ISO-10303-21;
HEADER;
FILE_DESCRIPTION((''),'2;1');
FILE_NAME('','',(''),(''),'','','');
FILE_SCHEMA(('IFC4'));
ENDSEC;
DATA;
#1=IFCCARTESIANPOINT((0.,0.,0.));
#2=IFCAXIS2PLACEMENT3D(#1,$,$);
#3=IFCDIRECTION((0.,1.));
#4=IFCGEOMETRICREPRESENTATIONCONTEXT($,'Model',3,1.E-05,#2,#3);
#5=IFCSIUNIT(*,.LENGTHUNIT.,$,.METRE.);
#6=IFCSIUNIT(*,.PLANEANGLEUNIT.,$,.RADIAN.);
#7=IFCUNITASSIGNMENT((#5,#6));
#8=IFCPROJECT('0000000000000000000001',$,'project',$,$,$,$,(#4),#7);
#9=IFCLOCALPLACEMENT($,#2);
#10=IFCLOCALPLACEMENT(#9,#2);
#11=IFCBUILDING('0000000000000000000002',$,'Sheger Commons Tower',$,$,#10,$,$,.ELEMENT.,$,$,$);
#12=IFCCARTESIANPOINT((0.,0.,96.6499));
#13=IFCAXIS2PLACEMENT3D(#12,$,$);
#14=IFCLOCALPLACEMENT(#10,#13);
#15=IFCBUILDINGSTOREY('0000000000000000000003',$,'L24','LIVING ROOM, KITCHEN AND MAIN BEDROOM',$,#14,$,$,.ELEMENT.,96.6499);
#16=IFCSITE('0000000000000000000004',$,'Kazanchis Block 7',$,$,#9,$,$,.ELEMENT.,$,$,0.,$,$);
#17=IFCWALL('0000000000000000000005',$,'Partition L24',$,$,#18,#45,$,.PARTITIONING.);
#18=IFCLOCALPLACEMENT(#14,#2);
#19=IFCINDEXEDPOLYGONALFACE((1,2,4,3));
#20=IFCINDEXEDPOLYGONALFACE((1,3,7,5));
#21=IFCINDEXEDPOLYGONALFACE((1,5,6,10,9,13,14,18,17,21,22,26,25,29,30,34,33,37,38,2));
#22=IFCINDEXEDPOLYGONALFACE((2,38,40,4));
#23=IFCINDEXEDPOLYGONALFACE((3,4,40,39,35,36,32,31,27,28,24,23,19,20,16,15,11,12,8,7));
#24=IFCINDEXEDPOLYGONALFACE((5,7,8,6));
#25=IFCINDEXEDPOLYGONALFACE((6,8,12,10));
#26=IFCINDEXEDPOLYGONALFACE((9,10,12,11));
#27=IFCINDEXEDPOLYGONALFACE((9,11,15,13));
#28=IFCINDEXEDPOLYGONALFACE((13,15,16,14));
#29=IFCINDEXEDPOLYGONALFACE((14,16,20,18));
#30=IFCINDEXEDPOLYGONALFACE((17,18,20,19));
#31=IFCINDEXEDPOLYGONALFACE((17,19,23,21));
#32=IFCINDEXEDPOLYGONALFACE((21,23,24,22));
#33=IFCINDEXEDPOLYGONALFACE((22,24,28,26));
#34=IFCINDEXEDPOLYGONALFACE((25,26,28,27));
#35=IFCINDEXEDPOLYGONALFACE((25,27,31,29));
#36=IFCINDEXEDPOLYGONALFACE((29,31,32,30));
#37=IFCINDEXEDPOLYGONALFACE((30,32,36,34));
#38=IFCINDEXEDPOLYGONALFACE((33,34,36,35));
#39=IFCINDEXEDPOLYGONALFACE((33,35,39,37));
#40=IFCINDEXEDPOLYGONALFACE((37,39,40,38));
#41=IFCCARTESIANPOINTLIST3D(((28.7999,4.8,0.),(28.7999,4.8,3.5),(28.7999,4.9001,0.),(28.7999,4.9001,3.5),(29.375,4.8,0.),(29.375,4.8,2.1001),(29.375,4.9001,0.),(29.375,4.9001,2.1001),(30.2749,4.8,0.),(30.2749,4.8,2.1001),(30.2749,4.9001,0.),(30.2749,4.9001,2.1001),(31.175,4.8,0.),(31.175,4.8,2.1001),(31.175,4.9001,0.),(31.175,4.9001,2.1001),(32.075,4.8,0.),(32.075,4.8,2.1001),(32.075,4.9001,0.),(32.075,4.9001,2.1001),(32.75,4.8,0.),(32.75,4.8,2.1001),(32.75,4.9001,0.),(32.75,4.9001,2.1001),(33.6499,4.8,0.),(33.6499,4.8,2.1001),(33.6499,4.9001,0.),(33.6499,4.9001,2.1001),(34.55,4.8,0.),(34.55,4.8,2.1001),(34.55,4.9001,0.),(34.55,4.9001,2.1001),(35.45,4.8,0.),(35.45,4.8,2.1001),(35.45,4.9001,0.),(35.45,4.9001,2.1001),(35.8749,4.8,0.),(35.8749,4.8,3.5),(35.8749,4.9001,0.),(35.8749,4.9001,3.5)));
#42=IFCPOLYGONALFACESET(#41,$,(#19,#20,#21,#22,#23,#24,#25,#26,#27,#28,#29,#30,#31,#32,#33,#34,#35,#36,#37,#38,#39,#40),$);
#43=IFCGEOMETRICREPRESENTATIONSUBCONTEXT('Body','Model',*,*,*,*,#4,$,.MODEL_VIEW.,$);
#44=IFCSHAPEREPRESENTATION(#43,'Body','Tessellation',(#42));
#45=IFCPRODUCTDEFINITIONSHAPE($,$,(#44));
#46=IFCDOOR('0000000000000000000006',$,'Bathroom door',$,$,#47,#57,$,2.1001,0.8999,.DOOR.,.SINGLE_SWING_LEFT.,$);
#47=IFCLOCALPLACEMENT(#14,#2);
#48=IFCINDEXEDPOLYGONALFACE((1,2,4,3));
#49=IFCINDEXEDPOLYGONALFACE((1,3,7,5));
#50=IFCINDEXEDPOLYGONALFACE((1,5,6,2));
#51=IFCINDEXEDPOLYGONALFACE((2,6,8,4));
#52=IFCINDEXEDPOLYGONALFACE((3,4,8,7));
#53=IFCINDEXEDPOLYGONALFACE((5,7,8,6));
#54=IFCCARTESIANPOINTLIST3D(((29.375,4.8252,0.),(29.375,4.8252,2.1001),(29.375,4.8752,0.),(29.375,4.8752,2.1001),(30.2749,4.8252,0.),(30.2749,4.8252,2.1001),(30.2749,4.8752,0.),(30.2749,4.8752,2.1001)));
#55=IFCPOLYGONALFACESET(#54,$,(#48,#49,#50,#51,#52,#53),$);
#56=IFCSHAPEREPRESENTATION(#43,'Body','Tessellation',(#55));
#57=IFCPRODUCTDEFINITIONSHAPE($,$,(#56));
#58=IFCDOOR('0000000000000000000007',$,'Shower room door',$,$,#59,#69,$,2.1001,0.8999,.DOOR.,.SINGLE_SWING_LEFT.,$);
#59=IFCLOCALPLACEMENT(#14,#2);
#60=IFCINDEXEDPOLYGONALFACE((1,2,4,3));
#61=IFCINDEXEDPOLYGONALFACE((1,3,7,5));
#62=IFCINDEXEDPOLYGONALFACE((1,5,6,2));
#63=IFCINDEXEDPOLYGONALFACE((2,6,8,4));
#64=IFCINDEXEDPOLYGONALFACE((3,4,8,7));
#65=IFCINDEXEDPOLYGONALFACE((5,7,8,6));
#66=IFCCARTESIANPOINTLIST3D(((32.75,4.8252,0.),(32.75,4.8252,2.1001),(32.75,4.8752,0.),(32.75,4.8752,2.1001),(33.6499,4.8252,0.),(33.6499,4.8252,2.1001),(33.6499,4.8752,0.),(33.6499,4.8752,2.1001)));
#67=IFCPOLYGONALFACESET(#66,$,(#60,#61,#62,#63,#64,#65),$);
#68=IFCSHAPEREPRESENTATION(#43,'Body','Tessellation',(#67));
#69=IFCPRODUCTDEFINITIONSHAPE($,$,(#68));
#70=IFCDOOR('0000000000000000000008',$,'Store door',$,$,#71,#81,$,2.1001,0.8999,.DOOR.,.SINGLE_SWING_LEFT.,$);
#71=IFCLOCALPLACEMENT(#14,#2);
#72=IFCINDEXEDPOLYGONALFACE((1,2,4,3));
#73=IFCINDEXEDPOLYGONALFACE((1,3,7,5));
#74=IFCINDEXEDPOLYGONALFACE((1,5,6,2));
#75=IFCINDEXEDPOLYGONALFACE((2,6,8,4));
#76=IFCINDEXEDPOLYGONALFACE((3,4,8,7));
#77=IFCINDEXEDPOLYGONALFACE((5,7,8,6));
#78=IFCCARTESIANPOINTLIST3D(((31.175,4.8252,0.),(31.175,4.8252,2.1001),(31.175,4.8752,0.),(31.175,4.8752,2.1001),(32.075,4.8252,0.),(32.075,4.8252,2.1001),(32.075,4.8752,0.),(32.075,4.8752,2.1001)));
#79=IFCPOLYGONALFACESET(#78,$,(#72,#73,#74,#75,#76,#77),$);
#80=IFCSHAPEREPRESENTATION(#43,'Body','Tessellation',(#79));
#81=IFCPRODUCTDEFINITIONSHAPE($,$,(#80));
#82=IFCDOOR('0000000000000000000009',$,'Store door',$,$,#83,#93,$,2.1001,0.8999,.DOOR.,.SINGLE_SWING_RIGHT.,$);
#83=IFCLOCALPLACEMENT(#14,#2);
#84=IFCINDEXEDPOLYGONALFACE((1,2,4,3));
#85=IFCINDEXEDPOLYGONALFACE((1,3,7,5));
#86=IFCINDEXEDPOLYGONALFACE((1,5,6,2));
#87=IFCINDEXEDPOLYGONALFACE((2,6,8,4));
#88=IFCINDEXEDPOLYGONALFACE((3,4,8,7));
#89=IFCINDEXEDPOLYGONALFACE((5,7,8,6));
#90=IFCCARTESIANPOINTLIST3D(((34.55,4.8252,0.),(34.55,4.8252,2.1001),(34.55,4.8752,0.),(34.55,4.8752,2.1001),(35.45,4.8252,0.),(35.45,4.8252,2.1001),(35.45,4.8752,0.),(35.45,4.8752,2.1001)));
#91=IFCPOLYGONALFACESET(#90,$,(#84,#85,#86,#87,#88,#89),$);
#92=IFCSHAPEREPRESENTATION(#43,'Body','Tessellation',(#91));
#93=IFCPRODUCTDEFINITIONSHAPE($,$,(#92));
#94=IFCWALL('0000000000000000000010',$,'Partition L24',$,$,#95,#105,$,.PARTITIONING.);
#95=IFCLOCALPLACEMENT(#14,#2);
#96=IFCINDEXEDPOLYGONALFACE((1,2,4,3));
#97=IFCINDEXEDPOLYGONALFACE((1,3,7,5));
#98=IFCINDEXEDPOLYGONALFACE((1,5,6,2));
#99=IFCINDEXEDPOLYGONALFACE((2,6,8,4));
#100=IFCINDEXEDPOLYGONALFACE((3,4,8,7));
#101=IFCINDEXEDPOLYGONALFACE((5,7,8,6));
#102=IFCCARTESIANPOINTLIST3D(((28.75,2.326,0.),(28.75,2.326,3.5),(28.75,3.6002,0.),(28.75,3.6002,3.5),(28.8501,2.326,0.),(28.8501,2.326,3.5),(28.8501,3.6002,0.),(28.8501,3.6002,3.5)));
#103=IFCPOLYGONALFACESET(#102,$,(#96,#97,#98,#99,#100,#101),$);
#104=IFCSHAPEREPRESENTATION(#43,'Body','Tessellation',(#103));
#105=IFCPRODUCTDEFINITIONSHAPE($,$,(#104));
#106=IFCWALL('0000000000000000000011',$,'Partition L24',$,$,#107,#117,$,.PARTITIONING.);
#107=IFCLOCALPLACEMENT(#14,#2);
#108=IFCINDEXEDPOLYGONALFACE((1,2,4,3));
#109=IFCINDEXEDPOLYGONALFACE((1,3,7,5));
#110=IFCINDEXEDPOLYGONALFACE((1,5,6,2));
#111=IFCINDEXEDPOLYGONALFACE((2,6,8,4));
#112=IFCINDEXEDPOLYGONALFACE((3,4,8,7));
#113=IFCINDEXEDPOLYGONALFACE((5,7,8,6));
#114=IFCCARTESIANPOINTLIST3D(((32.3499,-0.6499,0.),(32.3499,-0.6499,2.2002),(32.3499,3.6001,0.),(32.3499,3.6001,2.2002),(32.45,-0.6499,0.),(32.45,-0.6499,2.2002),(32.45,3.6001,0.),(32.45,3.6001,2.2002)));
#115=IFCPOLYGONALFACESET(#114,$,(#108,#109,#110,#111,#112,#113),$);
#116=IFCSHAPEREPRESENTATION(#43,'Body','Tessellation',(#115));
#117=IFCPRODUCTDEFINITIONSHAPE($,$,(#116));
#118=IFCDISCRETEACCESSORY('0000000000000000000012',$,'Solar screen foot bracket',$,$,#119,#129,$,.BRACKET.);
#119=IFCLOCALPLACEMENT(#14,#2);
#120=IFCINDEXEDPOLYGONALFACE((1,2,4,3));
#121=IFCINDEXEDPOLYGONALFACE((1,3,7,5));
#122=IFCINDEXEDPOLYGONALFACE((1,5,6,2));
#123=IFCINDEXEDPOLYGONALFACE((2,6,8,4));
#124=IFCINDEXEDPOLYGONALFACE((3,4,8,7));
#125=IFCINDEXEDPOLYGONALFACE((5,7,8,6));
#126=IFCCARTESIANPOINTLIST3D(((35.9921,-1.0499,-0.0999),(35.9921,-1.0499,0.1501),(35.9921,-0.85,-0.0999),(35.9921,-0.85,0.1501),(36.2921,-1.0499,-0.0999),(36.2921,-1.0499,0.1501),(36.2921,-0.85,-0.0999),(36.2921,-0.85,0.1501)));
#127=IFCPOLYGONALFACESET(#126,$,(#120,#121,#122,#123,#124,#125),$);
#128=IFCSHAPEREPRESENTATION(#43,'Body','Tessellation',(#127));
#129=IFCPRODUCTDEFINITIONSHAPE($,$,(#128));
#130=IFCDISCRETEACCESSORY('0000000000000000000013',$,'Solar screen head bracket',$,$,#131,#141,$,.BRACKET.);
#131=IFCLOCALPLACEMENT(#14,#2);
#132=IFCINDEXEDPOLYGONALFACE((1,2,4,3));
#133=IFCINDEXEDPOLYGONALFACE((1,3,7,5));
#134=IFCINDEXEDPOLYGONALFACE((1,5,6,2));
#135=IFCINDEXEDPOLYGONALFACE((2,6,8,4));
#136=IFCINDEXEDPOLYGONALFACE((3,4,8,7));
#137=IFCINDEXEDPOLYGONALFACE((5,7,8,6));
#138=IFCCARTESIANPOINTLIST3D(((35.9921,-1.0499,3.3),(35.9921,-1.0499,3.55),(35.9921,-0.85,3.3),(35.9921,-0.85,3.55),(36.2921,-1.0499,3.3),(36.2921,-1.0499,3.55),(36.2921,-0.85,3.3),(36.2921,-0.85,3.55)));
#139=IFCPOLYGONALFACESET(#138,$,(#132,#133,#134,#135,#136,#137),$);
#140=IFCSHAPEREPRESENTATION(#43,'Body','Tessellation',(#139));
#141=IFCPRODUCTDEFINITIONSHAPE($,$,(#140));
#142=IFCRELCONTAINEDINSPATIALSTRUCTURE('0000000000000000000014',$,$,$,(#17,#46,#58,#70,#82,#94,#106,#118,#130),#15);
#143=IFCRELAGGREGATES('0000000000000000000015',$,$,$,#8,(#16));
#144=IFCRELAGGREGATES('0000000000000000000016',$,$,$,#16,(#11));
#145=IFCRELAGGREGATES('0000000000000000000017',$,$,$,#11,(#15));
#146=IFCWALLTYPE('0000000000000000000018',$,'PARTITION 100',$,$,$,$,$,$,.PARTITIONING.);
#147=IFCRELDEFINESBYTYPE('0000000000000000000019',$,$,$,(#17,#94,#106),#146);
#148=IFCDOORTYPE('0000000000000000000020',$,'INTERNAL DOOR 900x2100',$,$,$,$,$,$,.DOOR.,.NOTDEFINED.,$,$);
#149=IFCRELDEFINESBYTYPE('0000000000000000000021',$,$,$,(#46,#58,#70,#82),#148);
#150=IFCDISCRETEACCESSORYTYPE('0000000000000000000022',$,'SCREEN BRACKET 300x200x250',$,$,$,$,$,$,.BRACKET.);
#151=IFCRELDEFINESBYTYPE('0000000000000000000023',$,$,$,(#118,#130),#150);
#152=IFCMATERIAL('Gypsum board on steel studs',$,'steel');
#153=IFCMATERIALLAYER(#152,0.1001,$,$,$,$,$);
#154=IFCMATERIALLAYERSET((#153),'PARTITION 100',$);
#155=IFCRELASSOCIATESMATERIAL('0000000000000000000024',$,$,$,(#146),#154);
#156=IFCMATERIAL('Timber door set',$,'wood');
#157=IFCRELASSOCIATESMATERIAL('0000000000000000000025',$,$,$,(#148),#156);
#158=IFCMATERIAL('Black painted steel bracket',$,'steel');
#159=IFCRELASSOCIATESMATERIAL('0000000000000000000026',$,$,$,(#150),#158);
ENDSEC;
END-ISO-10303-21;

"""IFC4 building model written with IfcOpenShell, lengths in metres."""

from ifc_helpers import new_model, si_unit, direction, frame, frame_2d, origin, origin_2d, place, context, subcontext, project, spatial, rectangle, extrude, material, layer, layer_set, type_object, element, fill, save


model = new_model("IFC4")

# Units and contexts
model_context = context("Model", 3, precision=1e-05, world=origin(), true_north=direction((0.0, 1.0)))
body_context = subcontext(model_context, "Body", "Model", "MODEL_VIEW")
ifc_project = project(units=[si_unit("LENGTHUNIT", "METRE"), si_unit("PLANEANGLEUNIT", "RADIAN")], contexts=[model_context])

# Site, building, storey
site_placement = place(None, origin())
site = spatial("IfcSite", under=ifc_project, at=site_placement, Name="Kazanchis Block 7", CompositionType="ELEMENT", RefElevation=0.0)
building_placement = place(site_placement, origin())
building = spatial("IfcBuilding", under=site, at=building_placement, Name="Sheger Commons Tower", CompositionType="ELEMENT")
storey_placement = place(building_placement, frame((0.0, 0.0, 96.6499)))
storey = spatial("IfcBuildingStorey", under=building, at=storey_placement, Name="L24", Description="LIVING ROOM, KITCHEN AND MAIN BEDROOM", CompositionType="ELEMENT", Elevation=96.6499)

# Wall, openings, doors
ifc_material_1 = material(Name="Gypsum board on steel studs", Category="steel")
ifc_layer_1 = layer(ifc_material_1, 0.1001)
ifc_layer_set_1 = layer_set([ifc_layer_1], Name="PARTITION 100")
wall_type_1 = type_object("IfcWallType", Name="PARTITION 100", PredefinedType="PARTITIONING", material=ifc_layer_set_1)
ifc_material_2 = material(Name="Timber door set", Category="wood")
door_type = type_object("IfcDoorType", Name="INTERNAL DOOR 900x2100", OperationType="NOTDEFINED", PredefinedType="DOOR", material=ifc_material_2)
wall_1_placement = place(storey_placement, frame((35.875, 4.8501, 0.0), z_axis=(0.0, 0.0, 1.0), x_axis=(-1.0, 0.0, 0.0)))
wall_1 = element("IfcWall", 1, at=wall_1_placement, inside=storey, type_object=wall_type_1, Name="Partition L24", PredefinedType="PARTITIONING", context=body_context, shape_type="SweptSolid", body=[
    extrude(rectangle(XDim=7.075, YDim=0.1001, at=frame_2d((3.5376, 0.0))), origin(), (0.0, 0.0, 1.0), 3.5),
])
opening_1_placement = place(wall_1_placement, frame((5.6001, 0.0, 0.0)))
opening_1 = element("IfcOpeningElement", 2, at=opening_1_placement, cuts=wall_1, PredefinedType="OPENING", context=body_context, shape_type="SweptSolid", body=[
    extrude(rectangle(XDim=0.8999, YDim=2.1001, at=frame_2d((0.45, 1.05))), frame((0.0, 0.0601, 0.0), z_axis=(0.0, -1.0, 0.0), x_axis=(1.0, 0.0, 0.0)), (0.0, 0.0, 1.0), 0.1201),
])
opening_2_placement = place(wall_1_placement, frame((2.2251, 0.0, 0.0)))
opening_2 = element("IfcOpeningElement", 3, at=opening_2_placement, cuts=wall_1, PredefinedType="OPENING", context=body_context, shape_type="SweptSolid", body=[
    extrude(rectangle(XDim=0.8999, YDim=2.1001, at=frame_2d((0.45, 1.05))), frame((0.0, 0.0601, 0.0), z_axis=(0.0, -1.0, 0.0), x_axis=(1.0, 0.0, 0.0)), (0.0, 0.0, 1.0), 0.1201),
])
opening_3_placement = place(wall_1_placement, frame((3.8, 0.0, 0.0)))
opening_3 = element("IfcOpeningElement", 4, at=opening_3_placement, cuts=wall_1, PredefinedType="OPENING", context=body_context, shape_type="SweptSolid", body=[
    extrude(rectangle(XDim=0.8999, YDim=2.1001, at=frame_2d((0.45, 1.05))), frame((0.0, 0.0601, 0.0), z_axis=(0.0, -1.0, 0.0), x_axis=(1.0, 0.0, 0.0)), (0.0, 0.0, 1.0), 0.1201),
])
opening_4_placement = place(wall_1_placement, frame((0.425, 0.0, 0.0)))
opening_4 = element("IfcOpeningElement", 5, at=opening_4_placement, cuts=wall_1, PredefinedType="OPENING", context=body_context, shape_type="SweptSolid", body=[
    extrude(rectangle(XDim=0.8999, YDim=2.1001, at=frame_2d((0.45, 1.05))), frame((0.0, 0.0601, 0.0), z_axis=(0.0, -1.0, 0.0), x_axis=(1.0, 0.0, 0.0)), (0.0, 0.0, 1.0), 0.1201),
])
door_1_placement = place(opening_1_placement, origin())
door_1 = element("IfcDoor", 6, at=door_1_placement, inside=storey, type_object=door_type, Name="Bathroom door", OperationType="SINGLE_SWING_LEFT", OverallHeight=2.1001, OverallWidth=0.8999, PredefinedType="DOOR", context=body_context, shape_type="SweptSolid", body=[
    extrude(rectangle(XDim=0.8999, YDim=2.1001, at=frame_2d((0.45, 1.05))), frame((0.0, 0.0249, 0.0), z_axis=(0.0, -1.0, 0.0), x_axis=(1.0, 0.0, 0.0)), (0.0, 0.0, 1.0), 0.05),
])
fill(opening_1, door_1)
door_2_placement = place(opening_2_placement, origin())
door_2 = element("IfcDoor", 7, at=door_2_placement, inside=storey, type_object=door_type, Name="Shower room door", OperationType="SINGLE_SWING_LEFT", OverallHeight=2.1001, OverallWidth=0.8999, PredefinedType="DOOR", context=body_context, shape_type="SweptSolid", body=[
    extrude(rectangle(XDim=0.8999, YDim=2.1001, at=frame_2d((0.45, 1.05))), frame((0.0, 0.0249, 0.0), z_axis=(0.0, -1.0, 0.0), x_axis=(1.0, 0.0, 0.0)), (0.0, 0.0, 1.0), 0.05),
])
fill(opening_2, door_2)
door_3_placement = place(opening_3_placement, origin())
door_3 = element("IfcDoor", 8, at=door_3_placement, inside=storey, type_object=door_type, Name="Store door", OperationType="SINGLE_SWING_LEFT", OverallHeight=2.1001, OverallWidth=0.8999, PredefinedType="DOOR", context=body_context, shape_type="SweptSolid", body=[
    extrude(rectangle(XDim=0.8999, YDim=2.1001, at=frame_2d((0.45, 1.05))), frame((0.0, 0.0249, 0.0), z_axis=(0.0, -1.0, 0.0), x_axis=(1.0, 0.0, 0.0)), (0.0, 0.0, 1.0), 0.05),
])
fill(opening_3, door_3)
door_4_placement = place(opening_4_placement, origin())
door_4 = element("IfcDoor", 9, at=door_4_placement, inside=storey, type_object=door_type, Name="Store door", OperationType="SINGLE_SWING_RIGHT", OverallHeight=2.1001, OverallWidth=0.8999, PredefinedType="DOOR", context=body_context, shape_type="SweptSolid", body=[
    extrude(rectangle(XDim=0.8999, YDim=2.1001, at=frame_2d((0.45, 1.05))), frame((0.0, 0.0249, 0.0), z_axis=(0.0, -1.0, 0.0), x_axis=(1.0, 0.0, 0.0)), (0.0, 0.0, 1.0), 0.05),
])
fill(opening_4, door_4)

# Walls
wall_2_placement = place(storey_placement, frame((28.8, 2.3259, 0.0), z_axis=(0.0, 0.0, 1.0), x_axis=(0.0, 1.0, 0.0)))
element("IfcWall", 10, at=wall_2_placement, inside=storey, type_object=wall_type_1, Name="Partition L24", PredefinedType="PARTITIONING", context=body_context, shape_type="SweptSolid", body=[
    extrude(rectangle(XDim=1.2742, YDim=0.1001, at=frame_2d((0.6372, 0.0))), origin(), (0.0, 0.0, 1.0), 3.5),
])
wall_3_placement = place(storey_placement, frame((32.3999, -0.6499, 0.0), z_axis=(0.0, 0.0, 1.0), x_axis=(0.0, 1.0, 0.0)))
element("IfcWall", 11, at=wall_3_placement, inside=storey, type_object=wall_type_1, Name="Partition L24", PredefinedType="PARTITIONING", context=body_context, shape_type="SweptSolid", body=[
    extrude(rectangle(XDim=4.25, YDim=0.1001, at=frame_2d((2.125, 0.0))), origin(), (0.0, 0.0, 1.0), 2.2002),
])

# Discrete accessories
ifc_material_3 = material(Name="Black painted steel bracket", Category="steel")
discrete_accessory_type = type_object("IfcDiscreteAccessoryType", Name="SCREEN BRACKET 300x200x250", PredefinedType="BRACKET", material=ifc_material_3)
for number, where, z_axis, x_axis, name in (
    (12, (36.1421, -0.95, -0.0999), (0.0, 0.0, 1.0), (1.0, 0.0, 0.0), "Solar screen foot bracket"),
    (13, (36.1421, -0.95, 3.3), (0.0, 0.0, 1.0), (1.0, 0.0, 0.0), "Solar screen head bracket"),
):
    element("IfcDiscreteAccessory", number, at=place(storey_placement, frame(where, z_axis=z_axis, x_axis=x_axis)), inside=storey, type_object=discrete_accessory_type, Name=name, PredefinedType="BRACKET", context=body_context, shape_type="SweptSolid", body=[
        extrude(rectangle(XDim=0.3, YDim=0.2, at=origin_2d()), origin(), (0.0, 0.0, 1.0), 0.25),
    ])

save(model, "model.ifc")
